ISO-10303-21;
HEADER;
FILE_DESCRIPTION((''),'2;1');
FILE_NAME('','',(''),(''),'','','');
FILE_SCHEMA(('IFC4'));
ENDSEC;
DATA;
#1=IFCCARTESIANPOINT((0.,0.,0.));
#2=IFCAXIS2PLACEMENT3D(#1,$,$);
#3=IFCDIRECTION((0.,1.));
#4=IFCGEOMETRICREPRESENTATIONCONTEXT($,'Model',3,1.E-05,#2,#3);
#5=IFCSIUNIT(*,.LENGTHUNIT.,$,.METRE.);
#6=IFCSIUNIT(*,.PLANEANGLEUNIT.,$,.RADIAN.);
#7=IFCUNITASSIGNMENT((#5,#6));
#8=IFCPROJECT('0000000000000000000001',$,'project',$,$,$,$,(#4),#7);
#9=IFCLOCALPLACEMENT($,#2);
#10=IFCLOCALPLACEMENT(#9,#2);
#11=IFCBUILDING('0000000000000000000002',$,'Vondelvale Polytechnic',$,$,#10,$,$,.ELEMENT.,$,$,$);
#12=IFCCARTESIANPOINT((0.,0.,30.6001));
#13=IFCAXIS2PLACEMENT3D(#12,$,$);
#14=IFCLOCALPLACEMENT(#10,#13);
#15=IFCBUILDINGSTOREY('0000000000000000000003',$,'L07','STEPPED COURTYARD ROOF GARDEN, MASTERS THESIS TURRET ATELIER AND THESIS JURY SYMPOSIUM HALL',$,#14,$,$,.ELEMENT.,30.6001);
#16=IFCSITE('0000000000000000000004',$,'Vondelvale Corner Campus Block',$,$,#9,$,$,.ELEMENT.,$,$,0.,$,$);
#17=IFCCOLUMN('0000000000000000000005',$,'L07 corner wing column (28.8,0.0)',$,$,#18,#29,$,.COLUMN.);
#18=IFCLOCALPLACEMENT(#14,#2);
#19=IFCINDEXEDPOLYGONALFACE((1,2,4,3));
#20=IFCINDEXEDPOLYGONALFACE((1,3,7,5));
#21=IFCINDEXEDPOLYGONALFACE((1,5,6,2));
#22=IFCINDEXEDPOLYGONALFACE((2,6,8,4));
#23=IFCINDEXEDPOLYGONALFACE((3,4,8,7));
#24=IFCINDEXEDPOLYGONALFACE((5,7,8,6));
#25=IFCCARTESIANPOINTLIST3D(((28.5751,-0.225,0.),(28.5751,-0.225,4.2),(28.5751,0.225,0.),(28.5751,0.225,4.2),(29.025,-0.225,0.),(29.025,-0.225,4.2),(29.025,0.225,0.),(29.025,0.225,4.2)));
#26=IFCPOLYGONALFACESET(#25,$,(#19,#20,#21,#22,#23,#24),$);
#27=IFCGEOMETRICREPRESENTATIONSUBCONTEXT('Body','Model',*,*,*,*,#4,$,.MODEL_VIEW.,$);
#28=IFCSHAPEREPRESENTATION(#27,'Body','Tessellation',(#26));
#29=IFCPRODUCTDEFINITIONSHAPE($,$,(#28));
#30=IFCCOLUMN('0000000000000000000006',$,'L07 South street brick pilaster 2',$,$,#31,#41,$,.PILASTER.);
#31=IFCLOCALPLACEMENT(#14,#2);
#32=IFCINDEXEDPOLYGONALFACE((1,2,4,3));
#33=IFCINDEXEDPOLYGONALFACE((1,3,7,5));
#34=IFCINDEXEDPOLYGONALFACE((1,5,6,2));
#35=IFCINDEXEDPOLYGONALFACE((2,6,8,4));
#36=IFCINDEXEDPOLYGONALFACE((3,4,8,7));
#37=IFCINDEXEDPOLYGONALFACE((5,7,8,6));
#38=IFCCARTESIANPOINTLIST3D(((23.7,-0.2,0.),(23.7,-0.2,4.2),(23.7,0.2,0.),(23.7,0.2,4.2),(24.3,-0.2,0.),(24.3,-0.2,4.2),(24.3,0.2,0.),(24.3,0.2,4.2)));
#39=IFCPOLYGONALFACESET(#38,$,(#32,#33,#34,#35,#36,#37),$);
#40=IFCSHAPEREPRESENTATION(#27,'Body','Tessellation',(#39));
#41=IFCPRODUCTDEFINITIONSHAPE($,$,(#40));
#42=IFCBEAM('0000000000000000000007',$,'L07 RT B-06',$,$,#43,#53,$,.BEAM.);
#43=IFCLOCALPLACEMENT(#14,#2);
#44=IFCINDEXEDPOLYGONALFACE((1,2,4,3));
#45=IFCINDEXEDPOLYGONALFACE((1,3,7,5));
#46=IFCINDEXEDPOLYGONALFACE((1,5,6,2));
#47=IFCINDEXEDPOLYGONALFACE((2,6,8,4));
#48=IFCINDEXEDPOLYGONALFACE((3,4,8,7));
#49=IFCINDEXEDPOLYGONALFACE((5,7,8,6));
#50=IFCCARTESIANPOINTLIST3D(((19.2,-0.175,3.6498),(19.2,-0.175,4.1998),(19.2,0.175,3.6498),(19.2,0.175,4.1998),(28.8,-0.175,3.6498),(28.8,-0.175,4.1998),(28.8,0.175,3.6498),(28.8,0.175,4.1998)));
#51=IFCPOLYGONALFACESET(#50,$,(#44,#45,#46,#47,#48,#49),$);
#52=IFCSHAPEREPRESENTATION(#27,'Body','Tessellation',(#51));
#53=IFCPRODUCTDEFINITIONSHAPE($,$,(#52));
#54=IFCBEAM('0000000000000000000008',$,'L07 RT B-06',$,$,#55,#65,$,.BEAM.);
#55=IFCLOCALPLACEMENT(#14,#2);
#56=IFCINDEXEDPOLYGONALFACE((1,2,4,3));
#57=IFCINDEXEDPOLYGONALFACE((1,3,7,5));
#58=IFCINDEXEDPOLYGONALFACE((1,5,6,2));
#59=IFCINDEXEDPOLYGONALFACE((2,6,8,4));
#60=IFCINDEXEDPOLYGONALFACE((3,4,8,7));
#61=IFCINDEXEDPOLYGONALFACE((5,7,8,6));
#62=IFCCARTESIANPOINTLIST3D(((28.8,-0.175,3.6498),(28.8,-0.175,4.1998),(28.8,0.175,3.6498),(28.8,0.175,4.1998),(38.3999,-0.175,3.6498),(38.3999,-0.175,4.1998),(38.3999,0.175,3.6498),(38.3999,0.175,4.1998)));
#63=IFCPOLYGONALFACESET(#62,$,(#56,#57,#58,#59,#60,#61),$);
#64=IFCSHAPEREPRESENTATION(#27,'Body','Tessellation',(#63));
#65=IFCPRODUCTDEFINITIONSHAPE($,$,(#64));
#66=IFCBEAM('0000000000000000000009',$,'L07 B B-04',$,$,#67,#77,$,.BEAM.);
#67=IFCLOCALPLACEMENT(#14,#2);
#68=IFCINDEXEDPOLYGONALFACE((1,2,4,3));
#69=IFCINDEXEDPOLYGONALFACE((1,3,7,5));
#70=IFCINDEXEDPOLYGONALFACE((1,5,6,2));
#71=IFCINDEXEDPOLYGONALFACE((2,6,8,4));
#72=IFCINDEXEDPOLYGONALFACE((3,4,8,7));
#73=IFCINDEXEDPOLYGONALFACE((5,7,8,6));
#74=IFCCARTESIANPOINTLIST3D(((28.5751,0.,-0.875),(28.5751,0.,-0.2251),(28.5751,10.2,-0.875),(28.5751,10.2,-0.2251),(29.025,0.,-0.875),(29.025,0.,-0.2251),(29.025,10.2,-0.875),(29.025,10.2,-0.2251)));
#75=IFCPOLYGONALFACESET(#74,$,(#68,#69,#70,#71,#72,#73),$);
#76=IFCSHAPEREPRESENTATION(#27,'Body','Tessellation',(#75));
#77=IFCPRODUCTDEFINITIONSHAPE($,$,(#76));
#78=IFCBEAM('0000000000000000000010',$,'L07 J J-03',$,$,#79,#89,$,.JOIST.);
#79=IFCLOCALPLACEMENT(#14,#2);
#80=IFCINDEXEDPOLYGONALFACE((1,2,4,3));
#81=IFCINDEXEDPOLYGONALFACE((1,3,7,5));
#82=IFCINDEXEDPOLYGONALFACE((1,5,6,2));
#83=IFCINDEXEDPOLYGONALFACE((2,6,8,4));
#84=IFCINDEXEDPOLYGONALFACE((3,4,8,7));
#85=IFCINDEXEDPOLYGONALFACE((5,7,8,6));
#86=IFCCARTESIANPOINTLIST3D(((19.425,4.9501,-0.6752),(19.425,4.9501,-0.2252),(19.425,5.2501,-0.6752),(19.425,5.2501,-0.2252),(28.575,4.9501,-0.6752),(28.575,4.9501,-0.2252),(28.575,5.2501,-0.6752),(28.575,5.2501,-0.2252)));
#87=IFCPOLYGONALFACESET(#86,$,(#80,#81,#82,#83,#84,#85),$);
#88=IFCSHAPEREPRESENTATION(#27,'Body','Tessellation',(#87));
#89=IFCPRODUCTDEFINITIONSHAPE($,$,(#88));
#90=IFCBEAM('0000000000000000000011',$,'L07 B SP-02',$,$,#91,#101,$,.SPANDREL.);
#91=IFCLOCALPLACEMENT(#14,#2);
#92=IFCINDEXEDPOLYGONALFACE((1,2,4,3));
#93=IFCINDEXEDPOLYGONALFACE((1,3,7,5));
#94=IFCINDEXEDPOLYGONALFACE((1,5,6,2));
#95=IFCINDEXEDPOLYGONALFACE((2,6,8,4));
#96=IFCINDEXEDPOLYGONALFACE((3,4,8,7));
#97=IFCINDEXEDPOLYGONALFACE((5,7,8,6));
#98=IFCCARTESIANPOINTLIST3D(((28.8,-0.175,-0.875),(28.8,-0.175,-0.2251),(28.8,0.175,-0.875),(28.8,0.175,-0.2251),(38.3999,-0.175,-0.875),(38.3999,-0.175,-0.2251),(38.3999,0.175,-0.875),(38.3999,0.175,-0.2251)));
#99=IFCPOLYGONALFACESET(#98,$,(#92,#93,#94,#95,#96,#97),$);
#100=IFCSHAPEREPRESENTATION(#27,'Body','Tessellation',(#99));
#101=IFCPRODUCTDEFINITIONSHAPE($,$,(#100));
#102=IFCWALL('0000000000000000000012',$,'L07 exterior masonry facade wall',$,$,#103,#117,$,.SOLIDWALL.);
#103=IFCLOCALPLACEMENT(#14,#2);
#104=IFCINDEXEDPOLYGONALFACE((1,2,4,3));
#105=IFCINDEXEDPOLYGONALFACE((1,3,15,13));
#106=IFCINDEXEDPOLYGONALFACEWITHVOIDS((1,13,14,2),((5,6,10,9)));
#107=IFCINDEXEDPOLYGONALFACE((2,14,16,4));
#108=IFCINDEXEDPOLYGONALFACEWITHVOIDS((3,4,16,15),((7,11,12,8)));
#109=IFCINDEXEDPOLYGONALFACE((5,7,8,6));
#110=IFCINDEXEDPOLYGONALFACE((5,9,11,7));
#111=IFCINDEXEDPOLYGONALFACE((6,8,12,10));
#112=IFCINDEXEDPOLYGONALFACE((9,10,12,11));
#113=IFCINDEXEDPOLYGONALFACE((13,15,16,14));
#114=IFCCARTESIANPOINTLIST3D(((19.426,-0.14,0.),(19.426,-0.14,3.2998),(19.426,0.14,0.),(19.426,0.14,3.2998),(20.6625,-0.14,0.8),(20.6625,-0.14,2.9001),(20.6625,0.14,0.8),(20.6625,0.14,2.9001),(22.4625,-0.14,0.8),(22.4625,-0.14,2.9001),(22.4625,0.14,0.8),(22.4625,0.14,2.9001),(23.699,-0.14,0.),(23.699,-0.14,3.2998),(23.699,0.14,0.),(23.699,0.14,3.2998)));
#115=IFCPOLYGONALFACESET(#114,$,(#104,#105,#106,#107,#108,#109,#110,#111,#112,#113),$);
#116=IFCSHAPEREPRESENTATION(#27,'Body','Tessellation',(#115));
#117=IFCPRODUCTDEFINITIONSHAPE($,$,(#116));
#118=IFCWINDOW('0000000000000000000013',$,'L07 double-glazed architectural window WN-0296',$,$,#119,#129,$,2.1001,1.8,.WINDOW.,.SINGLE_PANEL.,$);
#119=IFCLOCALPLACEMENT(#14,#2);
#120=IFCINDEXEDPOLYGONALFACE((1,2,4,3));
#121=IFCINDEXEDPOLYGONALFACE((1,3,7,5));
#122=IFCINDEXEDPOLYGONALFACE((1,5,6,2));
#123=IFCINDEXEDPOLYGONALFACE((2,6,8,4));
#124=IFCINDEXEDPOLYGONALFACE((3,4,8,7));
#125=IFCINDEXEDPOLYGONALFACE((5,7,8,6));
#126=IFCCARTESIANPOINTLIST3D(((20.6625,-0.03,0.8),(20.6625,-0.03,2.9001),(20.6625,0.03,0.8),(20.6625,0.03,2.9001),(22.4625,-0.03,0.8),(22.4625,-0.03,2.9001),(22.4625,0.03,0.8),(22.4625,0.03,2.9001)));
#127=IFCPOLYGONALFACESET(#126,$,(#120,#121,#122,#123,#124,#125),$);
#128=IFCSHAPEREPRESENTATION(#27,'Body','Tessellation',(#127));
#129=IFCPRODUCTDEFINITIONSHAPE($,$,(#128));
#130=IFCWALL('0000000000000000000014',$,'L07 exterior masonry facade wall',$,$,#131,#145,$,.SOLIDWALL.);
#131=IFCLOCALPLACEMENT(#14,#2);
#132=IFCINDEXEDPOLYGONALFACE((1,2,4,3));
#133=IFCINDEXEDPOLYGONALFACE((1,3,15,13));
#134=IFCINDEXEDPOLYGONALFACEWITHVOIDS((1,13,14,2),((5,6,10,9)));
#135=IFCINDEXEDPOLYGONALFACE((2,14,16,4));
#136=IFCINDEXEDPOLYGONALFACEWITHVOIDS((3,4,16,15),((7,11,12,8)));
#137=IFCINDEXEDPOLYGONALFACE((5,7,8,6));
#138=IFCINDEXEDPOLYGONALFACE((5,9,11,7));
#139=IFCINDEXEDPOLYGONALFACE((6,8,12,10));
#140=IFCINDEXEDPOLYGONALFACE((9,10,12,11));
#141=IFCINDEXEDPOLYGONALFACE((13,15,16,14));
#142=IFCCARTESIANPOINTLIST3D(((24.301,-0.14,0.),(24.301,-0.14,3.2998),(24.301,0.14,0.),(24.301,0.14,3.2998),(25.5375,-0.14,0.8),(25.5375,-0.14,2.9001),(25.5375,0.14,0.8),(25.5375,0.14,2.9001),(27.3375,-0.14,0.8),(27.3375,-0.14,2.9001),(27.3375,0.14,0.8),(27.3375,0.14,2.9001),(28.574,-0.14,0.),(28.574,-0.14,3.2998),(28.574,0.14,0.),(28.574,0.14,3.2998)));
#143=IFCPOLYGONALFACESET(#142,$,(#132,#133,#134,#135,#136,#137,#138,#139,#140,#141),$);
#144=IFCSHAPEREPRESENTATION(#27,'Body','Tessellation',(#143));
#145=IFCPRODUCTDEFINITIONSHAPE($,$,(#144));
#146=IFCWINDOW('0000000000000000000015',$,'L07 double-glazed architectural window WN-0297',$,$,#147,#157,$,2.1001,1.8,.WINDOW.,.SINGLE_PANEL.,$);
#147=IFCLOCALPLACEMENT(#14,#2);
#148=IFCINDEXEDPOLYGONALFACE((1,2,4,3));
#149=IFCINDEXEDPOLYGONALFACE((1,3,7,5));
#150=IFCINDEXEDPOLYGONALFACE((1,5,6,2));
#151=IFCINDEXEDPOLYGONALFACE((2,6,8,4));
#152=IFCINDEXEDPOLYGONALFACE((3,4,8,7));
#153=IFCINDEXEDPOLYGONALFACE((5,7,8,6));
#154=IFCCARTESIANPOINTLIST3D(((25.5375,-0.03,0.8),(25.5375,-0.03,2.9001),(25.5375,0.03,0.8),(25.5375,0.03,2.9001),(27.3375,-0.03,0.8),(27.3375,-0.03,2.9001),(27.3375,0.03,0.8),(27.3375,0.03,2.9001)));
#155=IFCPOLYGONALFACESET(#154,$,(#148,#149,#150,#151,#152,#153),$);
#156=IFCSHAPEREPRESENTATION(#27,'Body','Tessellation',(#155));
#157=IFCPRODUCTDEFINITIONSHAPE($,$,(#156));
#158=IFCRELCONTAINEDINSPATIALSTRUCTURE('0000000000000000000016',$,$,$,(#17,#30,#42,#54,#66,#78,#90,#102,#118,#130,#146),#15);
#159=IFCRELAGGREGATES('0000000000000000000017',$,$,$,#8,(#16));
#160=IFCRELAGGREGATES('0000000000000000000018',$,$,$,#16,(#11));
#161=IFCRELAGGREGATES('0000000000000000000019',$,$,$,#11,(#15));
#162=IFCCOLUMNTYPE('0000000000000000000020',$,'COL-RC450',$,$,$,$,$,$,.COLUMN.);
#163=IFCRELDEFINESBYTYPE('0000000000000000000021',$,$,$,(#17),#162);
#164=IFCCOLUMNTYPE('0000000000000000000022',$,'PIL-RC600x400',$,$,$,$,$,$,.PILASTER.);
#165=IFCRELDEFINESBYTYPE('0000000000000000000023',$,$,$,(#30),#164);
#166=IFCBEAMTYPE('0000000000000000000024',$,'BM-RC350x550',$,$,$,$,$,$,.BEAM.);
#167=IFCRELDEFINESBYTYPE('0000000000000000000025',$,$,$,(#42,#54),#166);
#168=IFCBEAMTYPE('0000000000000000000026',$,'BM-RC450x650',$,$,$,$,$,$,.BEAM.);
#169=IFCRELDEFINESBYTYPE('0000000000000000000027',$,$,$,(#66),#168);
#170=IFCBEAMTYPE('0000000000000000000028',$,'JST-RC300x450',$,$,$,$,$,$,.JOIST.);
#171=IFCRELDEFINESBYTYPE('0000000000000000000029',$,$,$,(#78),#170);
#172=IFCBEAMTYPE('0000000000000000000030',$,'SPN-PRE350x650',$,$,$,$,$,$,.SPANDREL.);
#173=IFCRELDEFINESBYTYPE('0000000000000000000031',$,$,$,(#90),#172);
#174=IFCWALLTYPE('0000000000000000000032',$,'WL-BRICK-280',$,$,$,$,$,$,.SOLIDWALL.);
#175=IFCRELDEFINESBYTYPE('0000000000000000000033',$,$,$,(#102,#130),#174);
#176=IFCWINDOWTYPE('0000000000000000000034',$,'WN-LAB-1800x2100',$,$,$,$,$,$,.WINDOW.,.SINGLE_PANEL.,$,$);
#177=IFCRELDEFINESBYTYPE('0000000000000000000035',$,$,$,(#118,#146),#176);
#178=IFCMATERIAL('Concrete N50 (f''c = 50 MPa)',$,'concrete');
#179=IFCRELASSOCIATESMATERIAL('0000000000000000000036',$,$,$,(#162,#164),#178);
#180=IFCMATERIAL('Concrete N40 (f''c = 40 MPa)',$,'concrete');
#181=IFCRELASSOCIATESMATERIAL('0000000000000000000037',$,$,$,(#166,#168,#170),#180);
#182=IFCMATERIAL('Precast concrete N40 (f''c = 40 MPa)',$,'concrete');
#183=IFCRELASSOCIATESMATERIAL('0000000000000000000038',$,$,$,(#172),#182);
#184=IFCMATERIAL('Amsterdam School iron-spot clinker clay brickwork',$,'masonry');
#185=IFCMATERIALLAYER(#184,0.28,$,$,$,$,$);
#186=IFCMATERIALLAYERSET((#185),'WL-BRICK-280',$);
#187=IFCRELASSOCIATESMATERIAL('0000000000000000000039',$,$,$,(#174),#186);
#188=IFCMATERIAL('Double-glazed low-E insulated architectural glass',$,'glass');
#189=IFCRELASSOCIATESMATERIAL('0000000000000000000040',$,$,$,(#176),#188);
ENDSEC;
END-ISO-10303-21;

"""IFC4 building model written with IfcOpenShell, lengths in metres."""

from ifc_helpers import new_model, si_unit, direction, frame, frame_2d, origin, origin_2d, place, context, subcontext, project, spatial, rectangle, extrude, material, layer, layer_set, material_profile, profile_set, type_object, element, fill, save


model = new_model("IFC4")

# Units and contexts
model_context = context("Model", 3, precision=1e-05, world=origin(), true_north=direction((0.0, 1.0)))
body_context = subcontext(model_context, "Body", "Model", "MODEL_VIEW")
ifc_project = project(units=[si_unit("LENGTHUNIT", "METRE"), si_unit("PLANEANGLEUNIT", "RADIAN")], contexts=[model_context])

# Site, building, storey
site_placement = place(None, origin())
site = spatial("IfcSite", under=ifc_project, at=site_placement, Name="Vondelvale Corner Campus Block", CompositionType="ELEMENT", RefElevation=0.0)
building_placement = place(site_placement, origin())
building = spatial("IfcBuilding", under=site, at=building_placement, Name="Vondelvale Polytechnic", CompositionType="ELEMENT")
storey_placement = place(building_placement, frame((0.0, 0.0, 30.6001)))
storey = spatial("IfcBuildingStorey", under=building, at=storey_placement, Name="L07", Description="STEPPED COURTYARD ROOF GARDEN, MASTERS THESIS TURRET ATELIER AND THESIS JURY SYMPOSIUM HALL", CompositionType="ELEMENT", Elevation=30.6001)

# Columns
ifc_material_1 = material(Name="Concrete N50 (f'c = 50 MPa)", Category="concrete")
ifc_material_profile_1 = material_profile(ifc_material_1, rectangle(XDim=0.45, YDim=0.45, at=origin_2d()), Name="RC-COL-450x450")
ifc_profile_set_1 = profile_set([ifc_material_profile_1], Name="Concrete N50 (f'c = 50 MPa)")
column_type_1 = type_object("IfcColumnType", Name="COL-RC450", PredefinedType="COLUMN", material=ifc_profile_set_1)
column_1_placement = place(storey_placement, frame((28.8, 0.0, 0.0), z_axis=(0.0, 0.0, 1.0), x_axis=(1.0, 0.0, 0.0)))
element("IfcColumn", 1, at=column_1_placement, inside=storey, type_object=column_type_1, Name="L07 corner wing column (28.8,0.0)", PredefinedType="COLUMN", context=body_context, shape_type="SweptSolid", body=[
    extrude(rectangle(XDim=0.45, YDim=0.45, at=origin_2d()), origin(), (0.0, 0.0, 1.0), 4.2),
])
ifc_material_profile_2 = material_profile(ifc_material_1, rectangle(XDim=0.3999, YDim=0.6001, at=origin_2d()), Name="RC-PIL-600x400")
ifc_profile_set_2 = profile_set([ifc_material_profile_2], Name="Concrete N50 (f'c = 50 MPa)")
column_type_2 = type_object("IfcColumnType", Name="PIL-RC600x400", PredefinedType="PILASTER", material=ifc_profile_set_2)
column_2_placement = place(storey_placement, frame((24.0, 0.0, 0.0), z_axis=(0.0, 0.0, 1.0), x_axis=(0.0, 1.0, 0.0)))
element("IfcColumn", 2, at=column_2_placement, inside=storey, type_object=column_type_2, Name="L07 South street brick pilaster 2", PredefinedType="PILASTER", context=body_context, shape_type="SweptSolid", body=[
    extrude(rectangle(XDim=0.3999, YDim=0.6001, at=origin_2d()), origin(), (0.0, 0.0, 1.0), 4.2),
])

# Beams
ifc_material_2 = material(Name="Concrete N40 (f'c = 40 MPa)", Category="concrete")
ifc_material_profile_3 = material_profile(ifc_material_2, rectangle(XDim=0.3501, YDim=0.55, at=origin_2d()), Name="RC-BM-350x550")
ifc_profile_set_3 = profile_set([ifc_material_profile_3], Name="Concrete N40 (f'c = 40 MPa)")
beam_type_1 = type_object("IfcBeamType", Name="BM-RC350x550", PredefinedType="BEAM", material=ifc_profile_set_3)
beam_1_placement = place(storey_placement, frame((19.2, 0.0, 3.9248), z_axis=(1.0, 0.0, 0.0), x_axis=(0.0, 1.0, 0.0)))
element("IfcBeam", 3, at=beam_1_placement, inside=storey, type_object=beam_type_1, Name="L07 RT B-06", PredefinedType="BEAM", context=body_context, shape_type="SweptSolid", body=[
    extrude(rectangle(XDim=0.3501, YDim=0.55, at=origin_2d()), origin(), (0.0, 0.0, 1.0), 9.6001),
])
beam_2_placement = place(storey_placement, frame((28.8, 0.0, 3.9248), z_axis=(1.0, 0.0, 0.0), x_axis=(0.0, 1.0, 0.0)))
element("IfcBeam", 4, at=beam_2_placement, inside=storey, type_object=beam_type_1, Name="L07 RT B-06", PredefinedType="BEAM", context=body_context, shape_type="SweptSolid", body=[
    extrude(rectangle(XDim=0.3501, YDim=0.55, at=origin_2d()), origin(), (0.0, 0.0, 1.0), 9.5999),
])
ifc_material_profile_4 = material_profile(ifc_material_2, rectangle(XDim=0.45, YDim=0.6499, at=origin_2d()), Name="RC-BM-450x650")
ifc_profile_set_4 = profile_set([ifc_material_profile_4], Name="Concrete N40 (f'c = 40 MPa)")
beam_type_2 = type_object("IfcBeamType", Name="BM-RC450x650", PredefinedType="BEAM", material=ifc_profile_set_4)
beam_3_placement = place(storey_placement, frame((28.8, 0.0, -0.55), z_axis=(0.0, 1.0, 0.0), x_axis=(-1.0, 0.0, 0.0)))
element("IfcBeam", 5, at=beam_3_placement, inside=storey, type_object=beam_type_2, Name="L07 B B-04", PredefinedType="BEAM", context=body_context, shape_type="SweptSolid", body=[
    extrude(rectangle(XDim=0.45, YDim=0.6499, at=origin_2d()), origin(), (0.0, 0.0, 1.0), 10.2),
])
ifc_material_profile_5 = material_profile(ifc_material_2, rectangle(XDim=0.3, YDim=0.45, at=origin_2d()), Name="RC-JST-300x450")
ifc_profile_set_5 = profile_set([ifc_material_profile_5], Name="Concrete N40 (f'c = 40 MPa)")
beam_type_3 = type_object("IfcBeamType", Name="JST-RC300x450", PredefinedType="JOIST", material=ifc_profile_set_5)
beam_4_placement = place(storey_placement, frame((19.425, 5.1001, -0.4502), z_axis=(1.0, 0.0, 0.0), x_axis=(0.0, 1.0, 0.0)))
element("IfcBeam", 6, at=beam_4_placement, inside=storey, type_object=beam_type_3, Name="L07 J J-03", PredefinedType="JOIST", context=body_context, shape_type="SweptSolid", body=[
    extrude(rectangle(XDim=0.3, YDim=0.45, at=origin_2d()), origin(), (0.0, 0.0, 1.0), 9.1499),
])
ifc_material_3 = material(Name="Precast concrete N40 (f'c = 40 MPa)", Category="concrete")
ifc_material_profile_6 = material_profile(ifc_material_3, rectangle(XDim=0.3501, YDim=0.6499, at=origin_2d()), Name="RC-SPN-350x650")
ifc_profile_set_6 = profile_set([ifc_material_profile_6], Name="Precast concrete N40 (f'c = 40 MPa)")
beam_type_4 = type_object("IfcBeamType", Name="SPN-PRE350x650", PredefinedType="SPANDREL", material=ifc_profile_set_6)
beam_5_placement = place(storey_placement, frame((28.8, 0.0, -0.55), z_axis=(1.0, 0.0, 0.0), x_axis=(0.0, 1.0, 0.0)))
element("IfcBeam", 7, at=beam_5_placement, inside=storey, type_object=beam_type_4, Name="L07 B SP-02", PredefinedType="SPANDREL", context=body_context, shape_type="SweptSolid", body=[
    extrude(rectangle(XDim=0.3501, YDim=0.6499, at=origin_2d()), origin(), (0.0, 0.0, 1.0), 9.5999),
])

# Walls, openings, windows
ifc_material_4 = material(Name="Amsterdam School iron-spot clinker clay brickwork", Category="masonry")
ifc_layer_1 = layer(ifc_material_4, 0.28)
ifc_layer_set_1 = layer_set([ifc_layer_1], Name="WL-BRICK-280")
wall_type_1 = type_object("IfcWallType", Name="WL-BRICK-280", PredefinedType="SOLIDWALL", material=ifc_layer_set_1)
wall_1_placement = place(storey_placement, frame((23.699, 0.0, 0.0), z_axis=(0.0, 0.0, 1.0), x_axis=(-1.0, 0.0, 0.0)))
wall_1 = element("IfcWall", 8, at=wall_1_placement, inside=storey, type_object=wall_type_1, Name="L07 exterior masonry facade wall", PredefinedType="SOLIDWALL", context=body_context, shape_type="SweptSolid", body=[
    extrude(rectangle(XDim=4.2729, YDim=0.28, at=frame_2d((2.1365, 0.0))), origin(), (0.0, 0.0, 1.0), 3.2998),
])
opening_1_placement = place(wall_1_placement, frame((1.2366, 0.0, 0.8)))
opening_1 = element("IfcOpeningElement", 9, at=opening_1_placement, cuts=wall_1, PredefinedType="OPENING", context=body_context, shape_type="SweptSolid", body=[
    extrude(rectangle(XDim=1.8, YDim=2.1001, at=frame_2d((0.8999, 1.05))), frame((0.0, 0.1499, 0.0), z_axis=(0.0, -1.0, 0.0), x_axis=(1.0, 0.0, 0.0)), (0.0, 0.0, 1.0), 0.3),
])
ifc_material_5 = material(Name="Double-glazed low-E insulated architectural glass", Category="glass")
window_type_1 = type_object("IfcWindowType", Name="WN-LAB-1800x2100", PartitioningType="SINGLE_PANEL", PredefinedType="WINDOW", material=ifc_material_5)
window_1_placement = place(opening_1_placement, origin())
window_1 = element("IfcWindow", 10, at=window_1_placement, inside=storey, type_object=window_type_1, Name="L07 double-glazed architectural window WN-0296", OverallHeight=2.1001, OverallWidth=1.8, PartitioningType="SINGLE_PANEL", PredefinedType="WINDOW", context=body_context, shape_type="SweptSolid", body=[
    extrude(rectangle(XDim=1.8, YDim=2.1001, at=frame_2d((0.8999, 1.05))), frame((0.0, 0.03, 0.0), z_axis=(0.0, -1.0, 0.0), x_axis=(1.0, 0.0, 0.0)), (0.0, 0.0, 1.0), 0.0601),
])
fill(opening_1, window_1)
wall_2_placement = place(storey_placement, frame((28.574, 0.0, 0.0), z_axis=(0.0, 0.0, 1.0), x_axis=(-1.0, 0.0, 0.0)))
wall_2 = element("IfcWall", 11, at=wall_2_placement, inside=storey, type_object=wall_type_1, Name="L07 exterior masonry facade wall", PredefinedType="SOLIDWALL", context=body_context, shape_type="SweptSolid", body=[
    extrude(rectangle(XDim=4.2729, YDim=0.28, at=frame_2d((2.1365, 0.0))), origin(), (0.0, 0.0, 1.0), 3.2998),
])
opening_2_placement = place(wall_2_placement, frame((1.2366, 0.0, 0.8)))
opening_2 = element("IfcOpeningElement", 12, at=opening_2_placement, cuts=wall_2, PredefinedType="OPENING", context=body_context, shape_type="SweptSolid", body=[
    extrude(rectangle(XDim=1.8, YDim=2.1001, at=frame_2d((0.8999, 1.05))), frame((0.0, 0.1499, 0.0), z_axis=(0.0, -1.0, 0.0), x_axis=(1.0, 0.0, 0.0)), (0.0, 0.0, 1.0), 0.3),
])
window_2_placement = place(opening_2_placement, origin())
window_2 = element("IfcWindow", 13, at=window_2_placement, inside=storey, type_object=window_type_1, Name="L07 double-glazed architectural window WN-0297", OverallHeight=2.1001, OverallWidth=1.8, PartitioningType="SINGLE_PANEL", PredefinedType="WINDOW", context=body_context, shape_type="SweptSolid", body=[
    extrude(rectangle(XDim=1.8, YDim=2.1001, at=frame_2d((0.8999, 1.05))), frame((0.0, 0.03, 0.0), z_axis=(0.0, -1.0, 0.0), x_axis=(1.0, 0.0, 0.0)), (0.0, 0.0, 1.0), 0.0601),
])
fill(opening_2, window_2)

save(model, "model.ifc")
